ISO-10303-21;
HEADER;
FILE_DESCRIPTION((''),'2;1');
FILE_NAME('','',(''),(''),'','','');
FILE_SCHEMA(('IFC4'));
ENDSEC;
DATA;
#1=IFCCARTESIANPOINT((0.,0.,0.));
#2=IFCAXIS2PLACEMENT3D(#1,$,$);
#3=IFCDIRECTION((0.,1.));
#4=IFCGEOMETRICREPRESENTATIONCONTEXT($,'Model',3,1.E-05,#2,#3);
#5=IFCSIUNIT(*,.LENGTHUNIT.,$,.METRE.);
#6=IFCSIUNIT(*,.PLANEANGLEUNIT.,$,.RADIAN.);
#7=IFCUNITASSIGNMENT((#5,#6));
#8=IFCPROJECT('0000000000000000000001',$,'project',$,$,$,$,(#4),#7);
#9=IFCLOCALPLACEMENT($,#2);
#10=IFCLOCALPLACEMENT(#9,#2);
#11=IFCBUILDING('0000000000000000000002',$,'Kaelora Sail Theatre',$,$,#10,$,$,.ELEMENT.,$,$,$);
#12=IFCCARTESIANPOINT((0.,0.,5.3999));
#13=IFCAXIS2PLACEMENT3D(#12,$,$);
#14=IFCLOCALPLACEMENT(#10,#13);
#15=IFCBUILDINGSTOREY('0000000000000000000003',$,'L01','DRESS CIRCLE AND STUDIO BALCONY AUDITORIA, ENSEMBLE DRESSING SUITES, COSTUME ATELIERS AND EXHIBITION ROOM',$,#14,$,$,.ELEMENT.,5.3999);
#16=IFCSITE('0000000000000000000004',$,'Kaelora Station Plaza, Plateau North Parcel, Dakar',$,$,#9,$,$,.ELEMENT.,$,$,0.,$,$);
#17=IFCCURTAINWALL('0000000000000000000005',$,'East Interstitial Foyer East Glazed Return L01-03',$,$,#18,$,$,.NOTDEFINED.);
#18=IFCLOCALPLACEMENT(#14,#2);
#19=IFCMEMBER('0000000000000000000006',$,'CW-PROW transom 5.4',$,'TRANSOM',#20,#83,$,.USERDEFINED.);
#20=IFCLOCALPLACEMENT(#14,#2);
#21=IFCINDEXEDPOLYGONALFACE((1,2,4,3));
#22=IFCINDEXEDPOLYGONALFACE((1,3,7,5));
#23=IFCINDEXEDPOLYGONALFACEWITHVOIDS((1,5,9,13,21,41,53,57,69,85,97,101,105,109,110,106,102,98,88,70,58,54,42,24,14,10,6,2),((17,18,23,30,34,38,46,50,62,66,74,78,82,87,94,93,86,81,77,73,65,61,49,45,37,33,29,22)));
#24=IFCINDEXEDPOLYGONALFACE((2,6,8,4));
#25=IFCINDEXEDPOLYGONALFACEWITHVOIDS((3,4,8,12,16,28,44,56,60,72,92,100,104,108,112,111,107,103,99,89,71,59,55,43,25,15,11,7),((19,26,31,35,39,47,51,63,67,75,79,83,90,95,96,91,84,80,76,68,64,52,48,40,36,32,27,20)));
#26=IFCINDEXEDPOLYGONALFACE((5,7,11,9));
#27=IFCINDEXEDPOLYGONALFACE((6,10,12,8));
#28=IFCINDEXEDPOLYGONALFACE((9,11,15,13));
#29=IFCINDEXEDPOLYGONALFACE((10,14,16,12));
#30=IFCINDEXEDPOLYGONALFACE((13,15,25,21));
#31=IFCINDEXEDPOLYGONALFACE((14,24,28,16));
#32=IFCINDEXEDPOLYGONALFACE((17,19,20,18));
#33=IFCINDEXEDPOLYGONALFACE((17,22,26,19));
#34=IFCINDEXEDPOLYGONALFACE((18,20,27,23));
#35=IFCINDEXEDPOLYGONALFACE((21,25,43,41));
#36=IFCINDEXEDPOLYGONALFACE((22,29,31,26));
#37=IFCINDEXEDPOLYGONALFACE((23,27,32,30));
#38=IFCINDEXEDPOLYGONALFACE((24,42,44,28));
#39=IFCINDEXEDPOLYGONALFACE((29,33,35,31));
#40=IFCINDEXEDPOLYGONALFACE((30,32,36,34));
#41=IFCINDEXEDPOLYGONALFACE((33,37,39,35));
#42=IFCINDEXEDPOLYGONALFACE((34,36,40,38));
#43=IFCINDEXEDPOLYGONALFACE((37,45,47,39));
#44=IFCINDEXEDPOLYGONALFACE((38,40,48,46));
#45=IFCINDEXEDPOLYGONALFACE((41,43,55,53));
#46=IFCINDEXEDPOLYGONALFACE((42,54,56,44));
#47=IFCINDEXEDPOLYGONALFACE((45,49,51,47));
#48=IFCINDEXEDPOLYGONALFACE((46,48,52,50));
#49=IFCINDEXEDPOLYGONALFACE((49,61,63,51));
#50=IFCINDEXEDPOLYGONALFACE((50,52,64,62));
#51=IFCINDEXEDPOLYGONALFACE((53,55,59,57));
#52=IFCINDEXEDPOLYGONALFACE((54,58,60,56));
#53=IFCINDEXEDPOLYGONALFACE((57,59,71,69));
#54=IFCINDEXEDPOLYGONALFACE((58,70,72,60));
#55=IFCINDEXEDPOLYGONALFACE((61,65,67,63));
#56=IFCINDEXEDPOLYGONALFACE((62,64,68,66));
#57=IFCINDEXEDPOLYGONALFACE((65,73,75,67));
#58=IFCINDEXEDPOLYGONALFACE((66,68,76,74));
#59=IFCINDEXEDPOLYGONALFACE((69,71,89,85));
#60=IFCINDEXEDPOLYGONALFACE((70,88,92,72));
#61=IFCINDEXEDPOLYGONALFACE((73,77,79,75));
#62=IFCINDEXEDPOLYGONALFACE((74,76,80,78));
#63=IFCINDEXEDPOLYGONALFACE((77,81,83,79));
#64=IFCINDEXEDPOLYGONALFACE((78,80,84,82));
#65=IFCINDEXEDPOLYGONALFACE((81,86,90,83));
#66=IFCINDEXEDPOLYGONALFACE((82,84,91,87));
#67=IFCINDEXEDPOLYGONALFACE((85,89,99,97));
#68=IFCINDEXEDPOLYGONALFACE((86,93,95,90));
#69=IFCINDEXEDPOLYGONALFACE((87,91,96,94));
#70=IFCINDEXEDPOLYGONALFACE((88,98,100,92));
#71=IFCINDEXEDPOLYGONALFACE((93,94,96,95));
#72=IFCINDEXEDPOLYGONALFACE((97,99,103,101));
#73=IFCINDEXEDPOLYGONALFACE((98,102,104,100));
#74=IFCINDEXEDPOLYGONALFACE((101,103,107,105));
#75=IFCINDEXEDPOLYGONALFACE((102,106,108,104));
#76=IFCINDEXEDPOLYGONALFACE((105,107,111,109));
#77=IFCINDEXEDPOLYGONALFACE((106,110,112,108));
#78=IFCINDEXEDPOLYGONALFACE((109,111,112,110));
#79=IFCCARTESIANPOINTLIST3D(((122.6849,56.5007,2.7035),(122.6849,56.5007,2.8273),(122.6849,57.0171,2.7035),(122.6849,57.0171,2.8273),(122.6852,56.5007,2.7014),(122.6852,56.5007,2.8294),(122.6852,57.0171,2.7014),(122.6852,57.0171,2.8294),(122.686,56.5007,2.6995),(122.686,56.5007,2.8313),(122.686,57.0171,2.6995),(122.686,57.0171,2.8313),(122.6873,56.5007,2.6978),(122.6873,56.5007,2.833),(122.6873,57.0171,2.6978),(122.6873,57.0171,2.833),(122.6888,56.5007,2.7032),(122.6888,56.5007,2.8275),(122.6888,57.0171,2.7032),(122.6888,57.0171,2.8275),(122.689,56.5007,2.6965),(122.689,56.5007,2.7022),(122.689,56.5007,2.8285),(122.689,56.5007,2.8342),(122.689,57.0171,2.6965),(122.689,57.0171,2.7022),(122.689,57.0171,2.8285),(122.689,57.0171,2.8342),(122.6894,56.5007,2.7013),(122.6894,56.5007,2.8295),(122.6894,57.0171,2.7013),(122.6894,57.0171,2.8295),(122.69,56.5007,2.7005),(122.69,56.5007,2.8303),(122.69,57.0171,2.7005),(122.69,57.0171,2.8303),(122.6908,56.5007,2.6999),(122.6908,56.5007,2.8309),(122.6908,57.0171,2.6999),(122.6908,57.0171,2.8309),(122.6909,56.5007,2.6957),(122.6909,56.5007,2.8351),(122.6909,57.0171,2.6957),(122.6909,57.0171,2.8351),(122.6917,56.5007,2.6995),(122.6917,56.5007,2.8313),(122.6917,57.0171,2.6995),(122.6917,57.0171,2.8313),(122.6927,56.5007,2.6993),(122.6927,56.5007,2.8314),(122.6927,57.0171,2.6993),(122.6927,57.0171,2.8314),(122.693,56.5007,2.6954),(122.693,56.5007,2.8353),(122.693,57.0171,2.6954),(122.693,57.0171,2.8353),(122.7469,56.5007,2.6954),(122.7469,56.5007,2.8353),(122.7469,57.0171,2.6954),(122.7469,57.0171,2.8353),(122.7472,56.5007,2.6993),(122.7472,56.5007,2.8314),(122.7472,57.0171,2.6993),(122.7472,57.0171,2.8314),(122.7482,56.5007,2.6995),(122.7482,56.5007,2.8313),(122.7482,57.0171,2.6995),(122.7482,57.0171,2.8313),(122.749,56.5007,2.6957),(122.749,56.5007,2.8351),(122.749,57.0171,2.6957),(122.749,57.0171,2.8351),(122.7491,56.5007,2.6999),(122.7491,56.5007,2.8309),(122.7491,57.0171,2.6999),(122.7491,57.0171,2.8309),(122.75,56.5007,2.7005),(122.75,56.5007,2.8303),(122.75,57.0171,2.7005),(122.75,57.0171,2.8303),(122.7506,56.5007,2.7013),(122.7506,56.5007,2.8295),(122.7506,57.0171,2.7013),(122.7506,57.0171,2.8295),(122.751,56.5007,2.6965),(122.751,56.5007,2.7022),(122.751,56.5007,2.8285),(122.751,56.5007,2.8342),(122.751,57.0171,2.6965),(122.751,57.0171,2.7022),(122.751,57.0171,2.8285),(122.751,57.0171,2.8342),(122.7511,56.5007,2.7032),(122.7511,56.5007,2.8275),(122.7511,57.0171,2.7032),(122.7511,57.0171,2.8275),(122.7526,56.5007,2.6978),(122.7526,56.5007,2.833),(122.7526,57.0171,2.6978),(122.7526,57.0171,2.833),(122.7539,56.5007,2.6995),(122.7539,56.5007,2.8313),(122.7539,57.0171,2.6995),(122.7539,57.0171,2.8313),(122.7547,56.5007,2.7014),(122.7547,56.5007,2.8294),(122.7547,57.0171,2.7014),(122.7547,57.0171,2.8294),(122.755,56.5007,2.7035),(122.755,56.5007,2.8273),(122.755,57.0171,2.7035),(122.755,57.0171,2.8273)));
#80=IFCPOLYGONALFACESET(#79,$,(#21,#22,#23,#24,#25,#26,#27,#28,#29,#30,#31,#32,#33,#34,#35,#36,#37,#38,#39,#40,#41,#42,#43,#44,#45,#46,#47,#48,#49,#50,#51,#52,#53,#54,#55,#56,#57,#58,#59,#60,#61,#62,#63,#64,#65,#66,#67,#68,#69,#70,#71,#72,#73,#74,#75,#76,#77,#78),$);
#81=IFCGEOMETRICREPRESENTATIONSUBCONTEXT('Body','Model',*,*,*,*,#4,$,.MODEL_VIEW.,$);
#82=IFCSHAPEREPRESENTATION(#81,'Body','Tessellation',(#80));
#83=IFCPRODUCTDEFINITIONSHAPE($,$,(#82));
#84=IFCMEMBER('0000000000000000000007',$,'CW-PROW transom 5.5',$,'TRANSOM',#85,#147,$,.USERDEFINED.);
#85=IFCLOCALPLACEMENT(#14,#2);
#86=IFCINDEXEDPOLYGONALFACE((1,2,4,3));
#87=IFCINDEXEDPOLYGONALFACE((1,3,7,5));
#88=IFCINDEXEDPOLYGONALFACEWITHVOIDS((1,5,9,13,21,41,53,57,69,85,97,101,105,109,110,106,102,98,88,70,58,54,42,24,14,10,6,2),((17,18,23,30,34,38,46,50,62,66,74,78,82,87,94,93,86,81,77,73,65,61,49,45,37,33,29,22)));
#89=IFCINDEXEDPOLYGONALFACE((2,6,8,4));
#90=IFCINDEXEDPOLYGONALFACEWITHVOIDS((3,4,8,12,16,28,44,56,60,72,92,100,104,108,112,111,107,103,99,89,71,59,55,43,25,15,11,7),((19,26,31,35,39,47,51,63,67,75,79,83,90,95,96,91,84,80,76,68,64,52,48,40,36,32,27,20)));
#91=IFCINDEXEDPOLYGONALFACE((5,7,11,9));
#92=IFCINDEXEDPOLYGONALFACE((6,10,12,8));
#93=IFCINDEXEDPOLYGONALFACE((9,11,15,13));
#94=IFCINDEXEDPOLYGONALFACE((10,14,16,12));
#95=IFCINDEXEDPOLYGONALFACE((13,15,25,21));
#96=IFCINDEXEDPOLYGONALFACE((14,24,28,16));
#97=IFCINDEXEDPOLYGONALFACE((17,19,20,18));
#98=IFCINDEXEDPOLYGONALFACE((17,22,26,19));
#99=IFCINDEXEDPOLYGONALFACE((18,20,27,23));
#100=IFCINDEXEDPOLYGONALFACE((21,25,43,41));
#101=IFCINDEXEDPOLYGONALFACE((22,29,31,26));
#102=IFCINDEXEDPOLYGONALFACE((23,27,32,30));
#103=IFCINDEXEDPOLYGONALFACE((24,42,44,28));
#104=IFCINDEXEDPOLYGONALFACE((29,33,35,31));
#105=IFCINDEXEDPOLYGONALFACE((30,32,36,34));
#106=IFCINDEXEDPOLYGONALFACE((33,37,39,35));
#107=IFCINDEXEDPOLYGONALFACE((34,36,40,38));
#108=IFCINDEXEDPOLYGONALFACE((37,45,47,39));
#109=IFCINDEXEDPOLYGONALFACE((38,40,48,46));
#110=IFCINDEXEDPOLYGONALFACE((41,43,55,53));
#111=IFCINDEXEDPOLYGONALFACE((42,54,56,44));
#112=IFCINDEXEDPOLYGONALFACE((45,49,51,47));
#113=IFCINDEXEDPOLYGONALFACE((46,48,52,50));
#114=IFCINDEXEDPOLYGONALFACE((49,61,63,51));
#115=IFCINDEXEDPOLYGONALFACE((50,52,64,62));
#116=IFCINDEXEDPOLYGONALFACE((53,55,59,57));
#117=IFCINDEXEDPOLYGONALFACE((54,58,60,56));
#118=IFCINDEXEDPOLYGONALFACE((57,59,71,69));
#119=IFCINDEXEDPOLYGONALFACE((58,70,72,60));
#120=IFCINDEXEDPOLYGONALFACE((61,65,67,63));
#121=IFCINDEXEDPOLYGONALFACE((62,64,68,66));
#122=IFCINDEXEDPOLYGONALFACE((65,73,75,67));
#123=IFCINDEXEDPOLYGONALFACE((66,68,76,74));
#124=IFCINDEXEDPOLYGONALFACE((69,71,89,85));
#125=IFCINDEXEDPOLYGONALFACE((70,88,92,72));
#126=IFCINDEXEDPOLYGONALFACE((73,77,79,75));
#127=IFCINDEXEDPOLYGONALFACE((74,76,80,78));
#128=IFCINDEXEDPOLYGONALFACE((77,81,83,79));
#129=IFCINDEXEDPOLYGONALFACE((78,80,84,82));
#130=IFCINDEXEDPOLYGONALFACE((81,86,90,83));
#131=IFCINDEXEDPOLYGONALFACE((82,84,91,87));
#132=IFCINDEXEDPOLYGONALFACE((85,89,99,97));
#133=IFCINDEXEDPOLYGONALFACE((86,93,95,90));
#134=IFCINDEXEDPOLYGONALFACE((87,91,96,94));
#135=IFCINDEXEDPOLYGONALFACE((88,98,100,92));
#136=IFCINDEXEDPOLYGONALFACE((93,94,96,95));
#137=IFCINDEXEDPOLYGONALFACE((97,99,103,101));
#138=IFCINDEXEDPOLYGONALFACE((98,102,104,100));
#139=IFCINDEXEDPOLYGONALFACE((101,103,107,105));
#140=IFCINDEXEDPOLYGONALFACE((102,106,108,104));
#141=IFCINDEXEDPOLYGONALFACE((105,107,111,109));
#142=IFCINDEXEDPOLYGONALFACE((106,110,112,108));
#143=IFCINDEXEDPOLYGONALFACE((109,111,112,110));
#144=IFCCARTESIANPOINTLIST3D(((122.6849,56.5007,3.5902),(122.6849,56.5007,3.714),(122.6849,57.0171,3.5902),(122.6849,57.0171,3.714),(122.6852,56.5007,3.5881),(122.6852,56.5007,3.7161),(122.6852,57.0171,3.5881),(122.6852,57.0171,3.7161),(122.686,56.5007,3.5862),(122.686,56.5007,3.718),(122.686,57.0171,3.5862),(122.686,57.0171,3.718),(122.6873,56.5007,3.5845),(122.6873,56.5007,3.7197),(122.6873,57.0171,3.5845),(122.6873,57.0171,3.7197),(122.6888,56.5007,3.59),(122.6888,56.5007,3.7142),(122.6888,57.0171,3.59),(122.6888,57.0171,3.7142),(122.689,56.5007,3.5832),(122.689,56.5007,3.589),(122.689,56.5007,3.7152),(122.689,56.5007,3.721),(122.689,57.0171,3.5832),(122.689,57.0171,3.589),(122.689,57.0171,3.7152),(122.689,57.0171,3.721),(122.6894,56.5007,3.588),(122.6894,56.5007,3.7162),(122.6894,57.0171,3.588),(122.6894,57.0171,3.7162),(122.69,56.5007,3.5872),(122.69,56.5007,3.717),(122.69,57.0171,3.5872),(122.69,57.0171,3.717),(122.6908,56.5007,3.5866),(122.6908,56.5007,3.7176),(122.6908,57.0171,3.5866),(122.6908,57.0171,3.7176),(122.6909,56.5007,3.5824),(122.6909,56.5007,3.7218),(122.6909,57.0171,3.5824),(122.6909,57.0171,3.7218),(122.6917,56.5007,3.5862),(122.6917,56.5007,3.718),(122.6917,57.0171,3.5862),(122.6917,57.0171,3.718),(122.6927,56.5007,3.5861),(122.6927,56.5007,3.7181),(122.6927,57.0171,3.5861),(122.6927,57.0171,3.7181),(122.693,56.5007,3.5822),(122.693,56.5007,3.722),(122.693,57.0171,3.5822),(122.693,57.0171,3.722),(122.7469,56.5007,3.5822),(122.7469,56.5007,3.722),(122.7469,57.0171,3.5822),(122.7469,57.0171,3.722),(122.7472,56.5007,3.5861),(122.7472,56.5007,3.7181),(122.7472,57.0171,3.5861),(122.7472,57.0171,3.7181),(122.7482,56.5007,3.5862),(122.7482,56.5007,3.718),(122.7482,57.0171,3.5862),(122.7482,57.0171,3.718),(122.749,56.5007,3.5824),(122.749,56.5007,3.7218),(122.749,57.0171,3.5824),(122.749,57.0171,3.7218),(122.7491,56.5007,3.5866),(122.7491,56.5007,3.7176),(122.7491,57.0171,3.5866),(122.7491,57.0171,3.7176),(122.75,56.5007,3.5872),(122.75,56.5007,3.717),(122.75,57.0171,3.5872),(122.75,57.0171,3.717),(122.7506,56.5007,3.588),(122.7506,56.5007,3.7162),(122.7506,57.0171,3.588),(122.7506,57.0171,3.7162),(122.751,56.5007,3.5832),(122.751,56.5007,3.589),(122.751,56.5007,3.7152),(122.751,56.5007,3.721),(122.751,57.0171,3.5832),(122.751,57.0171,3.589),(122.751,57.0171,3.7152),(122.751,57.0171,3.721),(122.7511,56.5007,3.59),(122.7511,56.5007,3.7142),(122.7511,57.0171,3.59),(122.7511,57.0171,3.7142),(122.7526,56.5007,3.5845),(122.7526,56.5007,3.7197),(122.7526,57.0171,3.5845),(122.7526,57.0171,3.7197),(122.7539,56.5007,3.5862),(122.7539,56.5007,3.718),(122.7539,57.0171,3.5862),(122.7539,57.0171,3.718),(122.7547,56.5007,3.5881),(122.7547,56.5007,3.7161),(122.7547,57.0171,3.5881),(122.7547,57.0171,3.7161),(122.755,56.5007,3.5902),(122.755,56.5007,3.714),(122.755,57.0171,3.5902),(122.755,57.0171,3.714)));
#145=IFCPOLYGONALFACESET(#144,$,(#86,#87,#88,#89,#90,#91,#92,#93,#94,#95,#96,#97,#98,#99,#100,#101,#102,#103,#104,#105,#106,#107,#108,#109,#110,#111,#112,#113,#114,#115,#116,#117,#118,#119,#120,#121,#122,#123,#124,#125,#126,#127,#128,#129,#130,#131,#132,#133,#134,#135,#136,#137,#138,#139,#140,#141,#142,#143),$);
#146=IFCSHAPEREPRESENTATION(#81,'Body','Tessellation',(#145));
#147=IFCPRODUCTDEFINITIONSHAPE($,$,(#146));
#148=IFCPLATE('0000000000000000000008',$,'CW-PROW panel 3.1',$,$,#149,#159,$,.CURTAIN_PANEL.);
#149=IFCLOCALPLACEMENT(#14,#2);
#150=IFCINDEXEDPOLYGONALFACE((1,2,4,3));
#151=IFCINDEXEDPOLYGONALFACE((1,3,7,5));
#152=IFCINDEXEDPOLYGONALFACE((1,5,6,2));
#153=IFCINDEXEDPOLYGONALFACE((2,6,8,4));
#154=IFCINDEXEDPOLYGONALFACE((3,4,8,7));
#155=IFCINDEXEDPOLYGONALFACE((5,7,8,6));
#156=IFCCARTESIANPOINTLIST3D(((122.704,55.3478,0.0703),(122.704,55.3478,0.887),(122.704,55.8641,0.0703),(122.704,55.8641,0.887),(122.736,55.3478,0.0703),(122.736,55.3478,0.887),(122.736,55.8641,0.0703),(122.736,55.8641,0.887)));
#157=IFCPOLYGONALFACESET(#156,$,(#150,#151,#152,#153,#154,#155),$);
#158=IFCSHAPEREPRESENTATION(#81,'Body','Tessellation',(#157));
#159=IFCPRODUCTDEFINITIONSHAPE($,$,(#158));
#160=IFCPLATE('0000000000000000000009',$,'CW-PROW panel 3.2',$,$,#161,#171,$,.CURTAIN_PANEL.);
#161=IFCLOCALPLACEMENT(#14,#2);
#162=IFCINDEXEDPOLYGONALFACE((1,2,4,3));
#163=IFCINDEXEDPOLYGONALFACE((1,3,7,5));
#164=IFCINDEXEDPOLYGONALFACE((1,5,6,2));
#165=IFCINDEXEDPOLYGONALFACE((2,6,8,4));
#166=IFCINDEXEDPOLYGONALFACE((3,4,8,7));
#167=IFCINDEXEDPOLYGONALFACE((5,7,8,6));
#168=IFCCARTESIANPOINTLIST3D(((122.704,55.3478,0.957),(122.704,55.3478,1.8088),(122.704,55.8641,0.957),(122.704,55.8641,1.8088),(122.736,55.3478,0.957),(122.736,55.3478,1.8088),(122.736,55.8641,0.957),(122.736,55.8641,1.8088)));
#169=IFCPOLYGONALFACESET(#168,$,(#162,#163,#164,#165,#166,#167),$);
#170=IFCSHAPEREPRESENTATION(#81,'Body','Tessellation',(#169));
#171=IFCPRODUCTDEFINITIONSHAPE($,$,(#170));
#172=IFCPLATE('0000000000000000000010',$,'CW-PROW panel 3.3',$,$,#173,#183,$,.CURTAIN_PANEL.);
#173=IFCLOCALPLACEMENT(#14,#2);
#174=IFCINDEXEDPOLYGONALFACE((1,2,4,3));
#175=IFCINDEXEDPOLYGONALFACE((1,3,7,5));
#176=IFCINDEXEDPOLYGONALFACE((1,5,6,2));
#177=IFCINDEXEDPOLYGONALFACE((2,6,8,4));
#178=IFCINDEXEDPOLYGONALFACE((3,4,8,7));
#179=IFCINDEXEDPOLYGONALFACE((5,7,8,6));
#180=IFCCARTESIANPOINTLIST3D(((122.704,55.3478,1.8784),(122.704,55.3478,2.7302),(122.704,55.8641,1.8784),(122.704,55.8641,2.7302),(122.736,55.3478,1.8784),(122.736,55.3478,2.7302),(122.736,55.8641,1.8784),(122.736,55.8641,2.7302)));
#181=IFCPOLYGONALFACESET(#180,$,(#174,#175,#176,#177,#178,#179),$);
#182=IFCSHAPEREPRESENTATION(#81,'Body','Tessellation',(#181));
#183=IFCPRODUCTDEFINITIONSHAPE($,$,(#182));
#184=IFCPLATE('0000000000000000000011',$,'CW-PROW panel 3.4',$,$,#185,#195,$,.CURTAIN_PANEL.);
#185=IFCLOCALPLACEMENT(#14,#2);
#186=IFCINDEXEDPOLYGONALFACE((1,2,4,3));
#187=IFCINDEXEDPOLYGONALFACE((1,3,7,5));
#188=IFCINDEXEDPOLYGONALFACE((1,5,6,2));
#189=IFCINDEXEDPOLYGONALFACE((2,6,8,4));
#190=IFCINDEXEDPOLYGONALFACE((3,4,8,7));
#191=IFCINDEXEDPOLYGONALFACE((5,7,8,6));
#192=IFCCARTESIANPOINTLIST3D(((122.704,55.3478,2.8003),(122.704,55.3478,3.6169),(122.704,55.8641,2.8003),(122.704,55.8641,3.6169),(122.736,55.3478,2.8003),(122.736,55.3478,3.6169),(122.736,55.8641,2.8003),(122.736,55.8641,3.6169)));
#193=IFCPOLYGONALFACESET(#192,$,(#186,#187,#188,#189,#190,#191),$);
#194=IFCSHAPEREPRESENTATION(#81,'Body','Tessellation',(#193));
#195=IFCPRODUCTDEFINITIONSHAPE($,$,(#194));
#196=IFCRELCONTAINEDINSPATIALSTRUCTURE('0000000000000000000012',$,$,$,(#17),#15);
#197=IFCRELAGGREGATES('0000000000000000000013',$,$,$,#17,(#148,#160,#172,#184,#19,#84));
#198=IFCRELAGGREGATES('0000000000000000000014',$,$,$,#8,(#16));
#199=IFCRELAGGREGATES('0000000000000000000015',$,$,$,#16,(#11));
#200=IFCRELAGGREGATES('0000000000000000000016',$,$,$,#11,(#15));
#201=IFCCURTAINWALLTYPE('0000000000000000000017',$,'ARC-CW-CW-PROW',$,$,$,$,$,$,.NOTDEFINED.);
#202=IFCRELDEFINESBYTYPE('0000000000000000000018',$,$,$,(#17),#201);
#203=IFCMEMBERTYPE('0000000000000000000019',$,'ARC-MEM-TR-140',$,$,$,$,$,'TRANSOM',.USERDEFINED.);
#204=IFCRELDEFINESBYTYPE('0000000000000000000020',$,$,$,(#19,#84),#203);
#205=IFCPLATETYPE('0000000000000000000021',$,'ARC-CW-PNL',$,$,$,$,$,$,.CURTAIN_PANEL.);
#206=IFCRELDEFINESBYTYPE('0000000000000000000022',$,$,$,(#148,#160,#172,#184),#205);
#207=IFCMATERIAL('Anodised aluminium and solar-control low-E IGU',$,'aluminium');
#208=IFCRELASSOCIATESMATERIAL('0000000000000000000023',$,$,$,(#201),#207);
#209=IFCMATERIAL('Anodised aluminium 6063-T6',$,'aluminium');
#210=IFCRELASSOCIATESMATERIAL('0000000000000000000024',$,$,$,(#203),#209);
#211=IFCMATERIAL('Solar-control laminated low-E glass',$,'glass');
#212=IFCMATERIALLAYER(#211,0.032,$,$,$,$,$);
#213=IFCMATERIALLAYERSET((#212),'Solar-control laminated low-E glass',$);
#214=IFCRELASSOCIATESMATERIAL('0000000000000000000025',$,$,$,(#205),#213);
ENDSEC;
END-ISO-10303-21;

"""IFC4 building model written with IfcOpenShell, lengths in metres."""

from ifc_helpers import new_model, si_unit, direction, frame, origin, origin_2d, place, context, subcontext, project, spatial, rectangle, hollow_rectangle, extrude, material, layer, layer_set, material_profile, profile_set, type_object, element, aggregate, save


model = new_model("IFC4")

# Units and contexts
model_context = context("Model", 3, precision=1e-05, world=origin(), true_north=direction((0.0, 1.0)))
body_context = subcontext(model_context, "Body", "Model", "MODEL_VIEW")
ifc_project = project(units=[si_unit("LENGTHUNIT", "METRE"), si_unit("PLANEANGLEUNIT", "RADIAN")], contexts=[model_context])

# Site, building, storey
site_placement = place(None, origin())
site = spatial("IfcSite", under=ifc_project, at=site_placement, Name="Kaelora Station Plaza, Plateau North Parcel, Dakar", CompositionType="ELEMENT", RefElevation=0.0)
building_placement = place(site_placement, origin())
building = spatial("IfcBuilding", under=site, at=building_placement, Name="Kaelora Sail Theatre", CompositionType="ELEMENT")
storey_placement = place(building_placement, frame((0.0, 0.0, 5.3999)))
storey = spatial("IfcBuildingStorey", under=building, at=storey_placement, Name="L01", Description="DRESS CIRCLE AND STUDIO BALCONY AUDITORIA, ENSEMBLE DRESSING SUITES, COSTUME ATELIERS AND EXHIBITION ROOM", CompositionType="ELEMENT", Elevation=5.3999)

# Curtain wall, members, plates
ifc_material_1 = material(Name="Anodised aluminium and solar-control low-E IGU", Category="aluminium")
curtain_wall_type = type_object("IfcCurtainWallType", Name="ARC-CW-CW-PROW", PredefinedType="NOTDEFINED", material=ifc_material_1)
curtain_wall_placement = place(storey_placement, origin())
curtain_wall = element("IfcCurtainWall", 1, at=curtain_wall_placement, inside=storey, type_object=curtain_wall_type, Name="East Interstitial Foyer East Glazed Return L01-03", PredefinedType="NOTDEFINED")
ifc_material_2 = material(Name="Anodised aluminium 6063-T6", Category="aluminium")
ifc_material_profile_1 = material_profile(ifc_material_2, hollow_rectangle(XDim=0.0701, YDim=0.1399, WallThickness=0.0039, InnerFilletRadius=0.0039, OuterFilletRadius=0.0081, at=origin_2d()), Name="ALU-TRAN 70x140x4")
ifc_profile_set_1 = profile_set([ifc_material_profile_1], Name="Anodised aluminium 6063-T6")
member_type_1 = type_object("IfcMemberType", Name="ARC-MEM-TR-140", ElementType="TRANSOM", PredefinedType="USERDEFINED", material=ifc_profile_set_1)
member_1_placement = place(storey_placement, frame((122.72, 56.5007, 2.7654), z_axis=(0.0, 1.0, 0.0), x_axis=(-1.0, 0.0, 0.0)))
member_1 = element("IfcMember", 2, at=member_1_placement, type_object=member_type_1, Name="CW-PROW transom 5.4", ObjectType="TRANSOM", PredefinedType="USERDEFINED", context=body_context, shape_type="SweptSolid", body=[
    extrude(hollow_rectangle(XDim=0.0701, YDim=0.1399, WallThickness=0.0039, InnerFilletRadius=0.0039, OuterFilletRadius=0.0081, at=origin_2d()), origin(), (0.0, 0.0, 1.0), 0.5164),
])
member_2_placement = place(storey_placement, frame((122.72, 56.5007, 3.6521), z_axis=(0.0, 1.0, 0.0), x_axis=(-1.0, 0.0, 0.0)))
member_2 = element("IfcMember", 3, at=member_2_placement, type_object=member_type_1, Name="CW-PROW transom 5.5", ObjectType="TRANSOM", PredefinedType="USERDEFINED", context=body_context, shape_type="SweptSolid", body=[
    extrude(hollow_rectangle(XDim=0.0701, YDim=0.1399, WallThickness=0.0039, InnerFilletRadius=0.0039, OuterFilletRadius=0.0081, at=origin_2d()), origin(), (0.0, 0.0, 1.0), 0.5164),
])
ifc_material_3 = material(Name="Solar-control laminated low-E glass", Category="glass")
ifc_layer = layer(ifc_material_3, 0.032)
ifc_layer_set = layer_set([ifc_layer], Name="Solar-control laminated low-E glass")
plate_type = type_object("IfcPlateType", Name="ARC-CW-PNL", PredefinedType="CURTAIN_PANEL", material=ifc_layer_set)
plate_1_placement = place(storey_placement, frame((122.72, 55.606, 0.0703), z_axis=(0.0, 0.0, 1.0), x_axis=(0.0, 1.0, 0.0)))
plate_1 = element("IfcPlate", 4, at=plate_1_placement, type_object=plate_type, Name="CW-PROW panel 3.1", PredefinedType="CURTAIN_PANEL", context=body_context, shape_type="SweptSolid", body=[
    extrude(rectangle(XDim=0.5164, YDim=0.032, at=origin_2d()), origin(), (0.0, 0.0, 1.0), 0.8167),
])
plate_2_placement = place(storey_placement, frame((122.72, 55.606, 0.957), z_axis=(0.0, 0.0, 1.0), x_axis=(0.0, 1.0, 0.0)))
plate_2 = element("IfcPlate", 5, at=plate_2_placement, type_object=plate_type, Name="CW-PROW panel 3.2", PredefinedType="CURTAIN_PANEL", context=body_context, shape_type="SweptSolid", body=[
    extrude(rectangle(XDim=0.5164, YDim=0.032, at=origin_2d()), origin(), (0.0, 0.0, 1.0), 0.8518),
])
plate_3_placement = place(storey_placement, frame((122.72, 55.606, 1.8784), z_axis=(0.0, 0.0, 1.0), x_axis=(0.0, 1.0, 0.0)))
plate_3 = element("IfcPlate", 6, at=plate_3_placement, type_object=plate_type, Name="CW-PROW panel 3.3", PredefinedType="CURTAIN_PANEL", context=body_context, shape_type="SweptSolid", body=[
    extrude(rectangle(XDim=0.5164, YDim=0.032, at=origin_2d()), origin(), (0.0, 0.0, 1.0), 0.8518),
])
plate_4_placement = place(storey_placement, frame((122.72, 55.606, 2.8003), z_axis=(0.0, 0.0, 1.0), x_axis=(0.0, 1.0, 0.0)))
plate_4 = element("IfcPlate", 7, at=plate_4_placement, type_object=plate_type, Name="CW-PROW panel 3.4", PredefinedType="CURTAIN_PANEL", context=body_context, shape_type="SweptSolid", body=[
    extrude(rectangle(XDim=0.5164, YDim=0.032, at=origin_2d()), origin(), (0.0, 0.0, 1.0), 0.8167),
])
aggregate(curtain_wall, [plate_1, plate_2, plate_3, plate_4, member_1, member_2])

save(model, "model.ifc")
